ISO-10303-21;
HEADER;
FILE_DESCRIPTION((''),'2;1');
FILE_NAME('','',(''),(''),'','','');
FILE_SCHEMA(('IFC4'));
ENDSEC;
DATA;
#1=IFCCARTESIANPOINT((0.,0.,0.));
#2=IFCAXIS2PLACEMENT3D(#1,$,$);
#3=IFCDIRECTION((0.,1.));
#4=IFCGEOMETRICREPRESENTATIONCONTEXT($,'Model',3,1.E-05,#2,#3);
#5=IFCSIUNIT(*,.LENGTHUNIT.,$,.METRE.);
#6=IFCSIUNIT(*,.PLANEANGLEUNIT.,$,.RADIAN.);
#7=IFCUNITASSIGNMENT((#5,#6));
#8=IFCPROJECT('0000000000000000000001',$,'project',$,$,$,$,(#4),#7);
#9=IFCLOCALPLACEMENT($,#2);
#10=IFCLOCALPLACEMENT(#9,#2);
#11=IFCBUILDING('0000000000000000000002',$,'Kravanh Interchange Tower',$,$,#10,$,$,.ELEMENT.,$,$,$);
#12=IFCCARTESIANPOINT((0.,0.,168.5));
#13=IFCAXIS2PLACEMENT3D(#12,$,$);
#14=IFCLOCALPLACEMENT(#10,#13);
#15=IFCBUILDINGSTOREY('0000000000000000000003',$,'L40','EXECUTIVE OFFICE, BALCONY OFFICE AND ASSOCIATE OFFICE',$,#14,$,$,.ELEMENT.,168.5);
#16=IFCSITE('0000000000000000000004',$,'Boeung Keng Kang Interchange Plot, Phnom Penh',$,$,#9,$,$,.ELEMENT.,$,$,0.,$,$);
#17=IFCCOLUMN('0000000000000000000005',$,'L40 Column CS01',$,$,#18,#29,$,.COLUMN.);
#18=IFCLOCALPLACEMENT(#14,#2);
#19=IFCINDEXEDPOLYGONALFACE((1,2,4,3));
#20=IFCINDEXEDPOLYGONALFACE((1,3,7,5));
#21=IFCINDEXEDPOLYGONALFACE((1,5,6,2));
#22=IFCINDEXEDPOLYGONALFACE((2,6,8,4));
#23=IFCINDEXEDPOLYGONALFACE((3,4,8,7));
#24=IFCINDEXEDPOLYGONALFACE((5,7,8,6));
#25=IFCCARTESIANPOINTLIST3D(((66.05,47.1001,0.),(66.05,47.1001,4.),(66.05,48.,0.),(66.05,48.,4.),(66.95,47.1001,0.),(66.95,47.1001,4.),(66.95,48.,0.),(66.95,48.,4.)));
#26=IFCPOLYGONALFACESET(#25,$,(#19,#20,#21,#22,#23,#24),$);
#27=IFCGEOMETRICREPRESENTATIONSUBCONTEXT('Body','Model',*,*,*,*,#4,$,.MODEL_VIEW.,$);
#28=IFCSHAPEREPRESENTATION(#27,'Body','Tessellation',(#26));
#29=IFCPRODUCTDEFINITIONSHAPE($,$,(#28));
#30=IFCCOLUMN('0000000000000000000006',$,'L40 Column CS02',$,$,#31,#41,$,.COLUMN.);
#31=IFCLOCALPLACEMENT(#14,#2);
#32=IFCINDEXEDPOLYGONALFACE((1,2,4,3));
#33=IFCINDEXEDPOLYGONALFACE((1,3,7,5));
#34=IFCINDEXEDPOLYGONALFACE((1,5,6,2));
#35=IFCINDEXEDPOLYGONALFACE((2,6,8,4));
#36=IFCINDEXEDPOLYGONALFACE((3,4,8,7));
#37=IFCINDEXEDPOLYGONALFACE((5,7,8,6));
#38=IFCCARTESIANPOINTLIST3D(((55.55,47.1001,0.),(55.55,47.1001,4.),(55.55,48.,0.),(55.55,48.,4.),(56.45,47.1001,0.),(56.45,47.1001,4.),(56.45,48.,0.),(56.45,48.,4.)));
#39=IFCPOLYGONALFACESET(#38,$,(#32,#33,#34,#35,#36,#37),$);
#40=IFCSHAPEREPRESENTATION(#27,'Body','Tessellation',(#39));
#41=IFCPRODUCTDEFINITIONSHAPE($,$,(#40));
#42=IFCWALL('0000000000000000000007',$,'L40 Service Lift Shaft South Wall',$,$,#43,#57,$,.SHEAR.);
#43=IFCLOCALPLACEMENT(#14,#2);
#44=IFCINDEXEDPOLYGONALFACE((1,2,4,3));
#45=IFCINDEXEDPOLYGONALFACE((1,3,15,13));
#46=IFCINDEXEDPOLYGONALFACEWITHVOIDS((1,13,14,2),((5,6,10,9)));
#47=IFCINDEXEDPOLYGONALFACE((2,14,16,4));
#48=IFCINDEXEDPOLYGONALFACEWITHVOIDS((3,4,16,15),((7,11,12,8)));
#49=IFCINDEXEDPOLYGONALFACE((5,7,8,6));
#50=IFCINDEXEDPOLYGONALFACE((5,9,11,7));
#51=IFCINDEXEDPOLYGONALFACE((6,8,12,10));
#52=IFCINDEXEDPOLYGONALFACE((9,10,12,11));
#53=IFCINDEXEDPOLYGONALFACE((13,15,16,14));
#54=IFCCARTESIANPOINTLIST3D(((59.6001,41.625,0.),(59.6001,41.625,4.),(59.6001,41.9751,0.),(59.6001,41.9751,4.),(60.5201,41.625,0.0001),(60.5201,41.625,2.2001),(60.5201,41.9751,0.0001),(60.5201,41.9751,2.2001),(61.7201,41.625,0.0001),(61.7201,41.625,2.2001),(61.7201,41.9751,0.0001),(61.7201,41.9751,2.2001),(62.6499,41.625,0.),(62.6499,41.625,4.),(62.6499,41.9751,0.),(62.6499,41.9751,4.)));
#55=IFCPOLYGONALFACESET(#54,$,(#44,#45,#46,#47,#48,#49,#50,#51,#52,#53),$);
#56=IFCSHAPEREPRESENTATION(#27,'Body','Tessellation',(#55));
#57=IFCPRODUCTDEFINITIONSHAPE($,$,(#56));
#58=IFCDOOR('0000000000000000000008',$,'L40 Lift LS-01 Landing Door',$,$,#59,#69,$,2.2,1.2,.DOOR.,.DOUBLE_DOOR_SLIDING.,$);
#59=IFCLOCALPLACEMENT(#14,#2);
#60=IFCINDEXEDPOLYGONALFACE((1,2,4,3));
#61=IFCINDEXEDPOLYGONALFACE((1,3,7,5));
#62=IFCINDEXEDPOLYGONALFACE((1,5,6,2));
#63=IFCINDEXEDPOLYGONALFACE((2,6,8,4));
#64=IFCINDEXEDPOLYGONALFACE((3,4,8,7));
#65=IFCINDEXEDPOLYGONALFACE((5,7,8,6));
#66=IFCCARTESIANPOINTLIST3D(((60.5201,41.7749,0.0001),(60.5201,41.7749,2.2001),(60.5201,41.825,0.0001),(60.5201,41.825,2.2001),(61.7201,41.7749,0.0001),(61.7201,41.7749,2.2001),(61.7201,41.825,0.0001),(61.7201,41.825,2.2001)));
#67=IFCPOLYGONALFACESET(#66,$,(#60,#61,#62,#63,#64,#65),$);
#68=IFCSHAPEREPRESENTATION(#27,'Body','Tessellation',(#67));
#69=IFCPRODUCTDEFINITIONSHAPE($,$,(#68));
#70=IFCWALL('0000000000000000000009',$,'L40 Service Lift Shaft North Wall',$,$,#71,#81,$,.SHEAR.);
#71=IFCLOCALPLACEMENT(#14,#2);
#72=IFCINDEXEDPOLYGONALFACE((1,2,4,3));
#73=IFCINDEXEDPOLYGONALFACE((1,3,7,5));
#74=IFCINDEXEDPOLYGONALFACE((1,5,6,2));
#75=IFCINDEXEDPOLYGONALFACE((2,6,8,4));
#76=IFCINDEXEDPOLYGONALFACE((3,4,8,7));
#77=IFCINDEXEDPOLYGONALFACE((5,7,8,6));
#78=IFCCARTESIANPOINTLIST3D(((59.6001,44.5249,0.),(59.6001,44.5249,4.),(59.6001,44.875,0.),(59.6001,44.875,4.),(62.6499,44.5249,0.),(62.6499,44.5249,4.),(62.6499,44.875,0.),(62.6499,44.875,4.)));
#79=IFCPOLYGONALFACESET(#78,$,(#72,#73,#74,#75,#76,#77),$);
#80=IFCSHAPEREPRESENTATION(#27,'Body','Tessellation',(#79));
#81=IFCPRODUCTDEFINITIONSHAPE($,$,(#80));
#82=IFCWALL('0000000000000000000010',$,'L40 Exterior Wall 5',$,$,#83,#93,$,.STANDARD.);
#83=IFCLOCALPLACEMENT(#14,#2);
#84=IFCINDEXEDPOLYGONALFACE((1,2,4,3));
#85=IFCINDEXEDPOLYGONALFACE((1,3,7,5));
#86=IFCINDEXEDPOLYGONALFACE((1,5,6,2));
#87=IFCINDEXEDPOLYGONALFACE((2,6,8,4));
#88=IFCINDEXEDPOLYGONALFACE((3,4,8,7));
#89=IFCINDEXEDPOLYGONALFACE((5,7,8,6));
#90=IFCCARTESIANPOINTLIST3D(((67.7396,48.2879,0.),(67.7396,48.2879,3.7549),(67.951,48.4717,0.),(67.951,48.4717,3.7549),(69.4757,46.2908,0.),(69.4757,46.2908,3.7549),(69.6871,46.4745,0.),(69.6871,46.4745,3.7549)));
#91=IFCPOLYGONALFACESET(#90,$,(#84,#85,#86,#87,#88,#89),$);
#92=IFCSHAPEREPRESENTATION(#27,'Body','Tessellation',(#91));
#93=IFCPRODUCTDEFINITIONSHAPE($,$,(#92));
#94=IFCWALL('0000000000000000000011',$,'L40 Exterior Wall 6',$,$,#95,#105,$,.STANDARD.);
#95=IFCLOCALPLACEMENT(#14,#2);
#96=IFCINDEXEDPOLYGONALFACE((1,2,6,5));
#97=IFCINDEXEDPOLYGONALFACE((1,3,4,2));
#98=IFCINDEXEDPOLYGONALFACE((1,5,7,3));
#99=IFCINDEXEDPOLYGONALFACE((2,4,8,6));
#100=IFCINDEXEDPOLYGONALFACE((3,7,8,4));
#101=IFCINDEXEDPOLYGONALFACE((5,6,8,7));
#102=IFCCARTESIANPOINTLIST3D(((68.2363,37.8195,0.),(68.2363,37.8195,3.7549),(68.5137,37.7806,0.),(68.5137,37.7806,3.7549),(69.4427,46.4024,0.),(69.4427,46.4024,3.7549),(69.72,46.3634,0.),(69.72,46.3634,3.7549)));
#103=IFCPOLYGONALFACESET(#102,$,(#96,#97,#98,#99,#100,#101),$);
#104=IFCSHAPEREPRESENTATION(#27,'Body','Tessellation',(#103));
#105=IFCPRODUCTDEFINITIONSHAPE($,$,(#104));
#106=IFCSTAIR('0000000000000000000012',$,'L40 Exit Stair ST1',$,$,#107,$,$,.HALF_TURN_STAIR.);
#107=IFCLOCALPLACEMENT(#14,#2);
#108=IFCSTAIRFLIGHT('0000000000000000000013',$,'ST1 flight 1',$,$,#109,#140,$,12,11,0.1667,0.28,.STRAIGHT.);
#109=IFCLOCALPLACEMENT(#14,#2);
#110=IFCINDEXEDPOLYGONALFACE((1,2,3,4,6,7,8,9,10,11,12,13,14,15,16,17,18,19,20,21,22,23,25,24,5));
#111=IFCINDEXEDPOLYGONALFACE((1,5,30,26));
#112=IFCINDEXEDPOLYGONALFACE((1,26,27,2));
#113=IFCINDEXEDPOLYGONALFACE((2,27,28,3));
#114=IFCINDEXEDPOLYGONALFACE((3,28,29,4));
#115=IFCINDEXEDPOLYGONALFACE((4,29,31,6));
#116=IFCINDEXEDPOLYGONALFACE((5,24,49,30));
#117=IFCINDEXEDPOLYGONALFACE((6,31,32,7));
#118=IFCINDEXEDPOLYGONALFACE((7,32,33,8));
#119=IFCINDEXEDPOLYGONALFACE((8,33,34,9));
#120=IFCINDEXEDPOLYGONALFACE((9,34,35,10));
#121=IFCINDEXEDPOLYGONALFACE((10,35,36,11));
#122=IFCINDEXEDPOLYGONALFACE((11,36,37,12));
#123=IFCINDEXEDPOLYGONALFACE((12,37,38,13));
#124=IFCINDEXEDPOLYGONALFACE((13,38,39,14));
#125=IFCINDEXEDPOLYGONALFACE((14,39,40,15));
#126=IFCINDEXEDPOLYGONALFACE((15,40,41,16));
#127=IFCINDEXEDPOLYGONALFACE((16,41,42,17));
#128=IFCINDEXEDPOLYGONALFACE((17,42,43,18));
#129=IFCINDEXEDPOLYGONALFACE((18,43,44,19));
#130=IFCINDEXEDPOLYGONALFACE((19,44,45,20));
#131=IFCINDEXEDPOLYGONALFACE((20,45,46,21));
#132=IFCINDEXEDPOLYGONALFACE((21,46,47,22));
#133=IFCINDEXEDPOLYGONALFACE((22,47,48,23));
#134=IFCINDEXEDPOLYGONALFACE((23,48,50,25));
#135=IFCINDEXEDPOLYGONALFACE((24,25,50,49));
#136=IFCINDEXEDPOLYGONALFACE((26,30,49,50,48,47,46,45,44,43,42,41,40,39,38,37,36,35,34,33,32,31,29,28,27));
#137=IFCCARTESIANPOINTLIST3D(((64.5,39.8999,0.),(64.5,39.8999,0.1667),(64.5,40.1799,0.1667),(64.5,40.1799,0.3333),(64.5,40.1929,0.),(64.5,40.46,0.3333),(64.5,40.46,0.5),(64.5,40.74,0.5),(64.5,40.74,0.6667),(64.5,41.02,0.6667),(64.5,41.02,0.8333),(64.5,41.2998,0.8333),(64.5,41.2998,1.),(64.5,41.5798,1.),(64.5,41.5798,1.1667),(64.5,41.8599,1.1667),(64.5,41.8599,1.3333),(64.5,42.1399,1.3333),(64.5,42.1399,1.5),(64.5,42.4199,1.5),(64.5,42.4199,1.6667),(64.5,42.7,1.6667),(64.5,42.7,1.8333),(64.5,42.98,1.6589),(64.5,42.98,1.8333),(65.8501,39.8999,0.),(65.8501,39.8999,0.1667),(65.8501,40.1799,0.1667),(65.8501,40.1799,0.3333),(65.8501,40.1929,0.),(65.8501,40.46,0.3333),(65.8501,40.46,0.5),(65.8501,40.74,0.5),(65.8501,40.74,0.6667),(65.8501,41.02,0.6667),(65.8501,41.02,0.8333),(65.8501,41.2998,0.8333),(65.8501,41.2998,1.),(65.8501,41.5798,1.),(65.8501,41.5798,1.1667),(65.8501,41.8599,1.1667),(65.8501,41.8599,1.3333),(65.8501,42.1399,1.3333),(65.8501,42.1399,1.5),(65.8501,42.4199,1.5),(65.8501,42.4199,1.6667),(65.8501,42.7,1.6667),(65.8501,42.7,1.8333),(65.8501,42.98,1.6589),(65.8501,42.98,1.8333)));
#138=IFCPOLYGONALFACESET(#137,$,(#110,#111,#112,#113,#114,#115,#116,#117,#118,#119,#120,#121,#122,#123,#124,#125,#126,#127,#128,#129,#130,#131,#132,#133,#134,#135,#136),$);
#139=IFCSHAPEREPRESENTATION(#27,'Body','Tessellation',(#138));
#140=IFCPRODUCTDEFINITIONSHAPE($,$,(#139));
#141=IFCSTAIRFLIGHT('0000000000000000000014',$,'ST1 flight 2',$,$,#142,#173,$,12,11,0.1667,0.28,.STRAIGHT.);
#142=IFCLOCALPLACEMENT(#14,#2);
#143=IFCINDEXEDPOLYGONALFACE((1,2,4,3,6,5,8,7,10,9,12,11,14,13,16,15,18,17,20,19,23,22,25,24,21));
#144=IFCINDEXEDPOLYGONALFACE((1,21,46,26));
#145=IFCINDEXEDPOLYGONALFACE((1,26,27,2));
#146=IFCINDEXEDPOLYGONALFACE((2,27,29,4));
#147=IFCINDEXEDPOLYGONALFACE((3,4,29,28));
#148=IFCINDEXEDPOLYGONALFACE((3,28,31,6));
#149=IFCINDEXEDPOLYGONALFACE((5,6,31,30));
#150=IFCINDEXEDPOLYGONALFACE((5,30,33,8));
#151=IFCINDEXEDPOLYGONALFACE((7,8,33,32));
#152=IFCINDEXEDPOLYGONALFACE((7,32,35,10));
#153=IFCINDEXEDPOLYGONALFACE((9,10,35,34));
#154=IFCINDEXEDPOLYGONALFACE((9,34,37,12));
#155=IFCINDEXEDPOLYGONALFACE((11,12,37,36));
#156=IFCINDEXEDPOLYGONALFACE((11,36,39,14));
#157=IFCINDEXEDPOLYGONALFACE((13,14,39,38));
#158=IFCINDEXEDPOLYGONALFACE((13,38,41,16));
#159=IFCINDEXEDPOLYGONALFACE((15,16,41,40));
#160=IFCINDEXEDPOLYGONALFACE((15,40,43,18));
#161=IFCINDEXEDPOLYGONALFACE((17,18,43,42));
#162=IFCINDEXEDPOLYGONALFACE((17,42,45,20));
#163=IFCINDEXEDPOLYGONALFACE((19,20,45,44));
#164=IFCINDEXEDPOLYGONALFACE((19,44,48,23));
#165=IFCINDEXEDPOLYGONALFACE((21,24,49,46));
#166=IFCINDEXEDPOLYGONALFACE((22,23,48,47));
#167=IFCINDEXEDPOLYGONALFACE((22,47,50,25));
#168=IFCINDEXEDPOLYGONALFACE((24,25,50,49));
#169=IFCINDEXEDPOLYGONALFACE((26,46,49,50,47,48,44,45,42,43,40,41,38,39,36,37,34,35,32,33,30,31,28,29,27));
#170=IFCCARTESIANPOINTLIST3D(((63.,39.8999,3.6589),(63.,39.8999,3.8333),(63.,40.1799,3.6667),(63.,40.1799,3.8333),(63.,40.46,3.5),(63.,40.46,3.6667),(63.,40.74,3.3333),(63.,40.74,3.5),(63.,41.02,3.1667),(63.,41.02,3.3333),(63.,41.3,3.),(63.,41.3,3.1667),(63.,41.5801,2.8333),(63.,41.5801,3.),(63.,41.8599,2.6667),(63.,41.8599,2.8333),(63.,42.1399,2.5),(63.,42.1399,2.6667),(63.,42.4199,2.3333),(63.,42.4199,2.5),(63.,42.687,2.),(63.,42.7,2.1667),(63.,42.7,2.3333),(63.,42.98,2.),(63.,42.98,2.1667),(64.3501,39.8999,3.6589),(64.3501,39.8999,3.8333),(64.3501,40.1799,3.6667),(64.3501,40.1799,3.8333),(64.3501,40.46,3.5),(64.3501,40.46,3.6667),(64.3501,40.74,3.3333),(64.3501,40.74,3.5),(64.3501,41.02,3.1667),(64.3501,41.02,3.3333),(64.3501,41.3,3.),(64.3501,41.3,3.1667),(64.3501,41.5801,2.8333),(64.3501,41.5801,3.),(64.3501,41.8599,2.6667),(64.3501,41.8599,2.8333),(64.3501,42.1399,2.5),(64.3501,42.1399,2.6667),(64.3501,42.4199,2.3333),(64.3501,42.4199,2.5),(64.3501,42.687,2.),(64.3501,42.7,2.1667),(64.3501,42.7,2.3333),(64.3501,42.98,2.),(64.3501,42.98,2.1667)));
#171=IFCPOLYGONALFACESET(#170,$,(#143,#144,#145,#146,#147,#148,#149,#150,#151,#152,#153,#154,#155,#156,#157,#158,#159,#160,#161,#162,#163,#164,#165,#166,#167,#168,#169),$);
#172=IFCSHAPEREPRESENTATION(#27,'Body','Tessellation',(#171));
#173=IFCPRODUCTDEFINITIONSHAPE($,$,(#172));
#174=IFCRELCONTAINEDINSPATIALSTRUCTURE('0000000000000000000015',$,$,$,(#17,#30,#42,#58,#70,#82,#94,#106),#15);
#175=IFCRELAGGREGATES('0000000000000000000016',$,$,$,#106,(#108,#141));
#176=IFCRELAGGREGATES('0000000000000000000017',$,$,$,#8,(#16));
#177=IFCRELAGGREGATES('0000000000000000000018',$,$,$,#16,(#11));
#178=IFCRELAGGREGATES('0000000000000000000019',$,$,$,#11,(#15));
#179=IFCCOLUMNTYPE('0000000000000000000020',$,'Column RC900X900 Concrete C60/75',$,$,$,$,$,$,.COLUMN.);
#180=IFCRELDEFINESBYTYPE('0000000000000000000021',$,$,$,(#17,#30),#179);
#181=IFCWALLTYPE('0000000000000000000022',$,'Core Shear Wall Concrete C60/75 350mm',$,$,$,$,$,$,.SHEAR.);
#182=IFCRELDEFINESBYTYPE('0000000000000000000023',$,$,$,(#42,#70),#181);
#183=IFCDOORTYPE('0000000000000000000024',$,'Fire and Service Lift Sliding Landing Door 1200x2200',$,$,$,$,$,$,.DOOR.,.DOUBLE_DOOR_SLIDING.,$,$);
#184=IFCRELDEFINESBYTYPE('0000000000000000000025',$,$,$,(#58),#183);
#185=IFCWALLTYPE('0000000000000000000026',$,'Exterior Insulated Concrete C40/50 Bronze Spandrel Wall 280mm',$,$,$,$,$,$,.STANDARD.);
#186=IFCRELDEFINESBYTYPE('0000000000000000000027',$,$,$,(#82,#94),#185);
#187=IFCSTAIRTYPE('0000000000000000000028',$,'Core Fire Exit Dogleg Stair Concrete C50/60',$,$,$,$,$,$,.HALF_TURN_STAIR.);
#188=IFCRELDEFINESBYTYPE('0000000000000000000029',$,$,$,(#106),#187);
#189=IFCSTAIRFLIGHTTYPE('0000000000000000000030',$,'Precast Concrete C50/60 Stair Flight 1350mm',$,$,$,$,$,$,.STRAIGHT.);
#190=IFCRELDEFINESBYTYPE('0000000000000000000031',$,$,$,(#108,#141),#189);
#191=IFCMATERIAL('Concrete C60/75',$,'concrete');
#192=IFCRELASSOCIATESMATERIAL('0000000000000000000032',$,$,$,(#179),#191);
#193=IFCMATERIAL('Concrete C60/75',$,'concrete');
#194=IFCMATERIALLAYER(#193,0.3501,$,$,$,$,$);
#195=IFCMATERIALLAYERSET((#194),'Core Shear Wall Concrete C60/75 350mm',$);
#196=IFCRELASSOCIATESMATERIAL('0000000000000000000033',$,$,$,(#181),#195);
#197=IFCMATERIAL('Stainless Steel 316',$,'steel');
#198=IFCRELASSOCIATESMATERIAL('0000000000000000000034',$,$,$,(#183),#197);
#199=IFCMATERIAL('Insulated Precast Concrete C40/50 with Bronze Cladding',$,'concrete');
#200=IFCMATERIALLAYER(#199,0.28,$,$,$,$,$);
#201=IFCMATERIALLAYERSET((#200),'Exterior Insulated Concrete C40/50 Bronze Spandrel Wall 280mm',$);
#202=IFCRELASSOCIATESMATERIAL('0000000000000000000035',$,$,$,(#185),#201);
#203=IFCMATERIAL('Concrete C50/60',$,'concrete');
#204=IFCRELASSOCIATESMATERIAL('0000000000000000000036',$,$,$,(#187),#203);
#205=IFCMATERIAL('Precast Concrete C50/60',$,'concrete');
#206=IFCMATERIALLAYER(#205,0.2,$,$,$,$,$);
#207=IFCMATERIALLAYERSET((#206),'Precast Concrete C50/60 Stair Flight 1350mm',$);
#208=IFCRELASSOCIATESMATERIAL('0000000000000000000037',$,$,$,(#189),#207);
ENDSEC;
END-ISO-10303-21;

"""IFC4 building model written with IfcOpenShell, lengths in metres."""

from ifc_helpers import new_model, si_unit, direction, frame, frame_2d, origin, origin_2d, place, context, subcontext, project, spatial, polyline, rectangle, outline, extrude, material, layer, layer_set, material_profile, profile_set, type_object, element, fill, aggregate, save


model = new_model("IFC4")

# Units and contexts
model_context = context("Model", 3, precision=1e-05, world=origin(), true_north=direction((0.0, 1.0)))
body_context = subcontext(model_context, "Body", "Model", "MODEL_VIEW")
ifc_project = project(units=[si_unit("LENGTHUNIT", "METRE"), si_unit("PLANEANGLEUNIT", "RADIAN")], contexts=[model_context])

# Site, building, storey
site_placement = place(None, origin())
site = spatial("IfcSite", under=ifc_project, at=site_placement, Name="Boeung Keng Kang Interchange Plot, Phnom Penh", CompositionType="ELEMENT", RefElevation=0.0)
building_placement = place(site_placement, origin())
building = spatial("IfcBuilding", under=site, at=building_placement, Name="Kravanh Interchange Tower", CompositionType="ELEMENT")
storey_placement = place(building_placement, frame((0.0, 0.0, 168.5)))
storey = spatial("IfcBuildingStorey", under=building, at=storey_placement, Name="L40", Description="EXECUTIVE OFFICE, BALCONY OFFICE AND ASSOCIATE OFFICE", CompositionType="ELEMENT", Elevation=168.5)

# Columns
ifc_material_1 = material(Name="Concrete C60/75", Category="concrete")
ifc_material_profile = material_profile(ifc_material_1, rectangle(XDim=0.8999, YDim=0.8999, at=origin_2d()), Name="RC900X900")
ifc_profile_set = profile_set([ifc_material_profile], Name="Concrete C60/75")
column_type = type_object("IfcColumnType", Name="Column RC900X900 Concrete C60/75", PredefinedType="COLUMN", material=ifc_profile_set)
for number, where, z_axis, x_axis, name in (
    (1, (66.5, 47.55, 0.0), (0.0, 0.0, 1.0), (1.0, 0.0, 0.0), "L40 Column CS01"),
    (2, (56.0, 47.55, 0.0), (0.0, 0.0, 1.0), (1.0, 0.0, 0.0), "L40 Column CS02"),
):
    element("IfcColumn", number, at=place(storey_placement, frame(where, z_axis=z_axis, x_axis=x_axis)), inside=storey, type_object=column_type, Name=name, PredefinedType="COLUMN", context=body_context, shape_type="SweptSolid", body=[
        extrude(rectangle(XDim=0.8999, YDim=0.8999, at=origin_2d()), origin(), (0.0, 0.0, 1.0), 4.0),
    ])

# Wall, opening, door
ifc_material_2 = material(Name="Concrete C60/75", Category="concrete")
ifc_layer_1 = layer(ifc_material_2, 0.3501)
ifc_layer_set_1 = layer_set([ifc_layer_1], Name="Core Shear Wall Concrete C60/75 350mm")
wall_type_1 = type_object("IfcWallType", Name="Core Shear Wall Concrete C60/75 350mm", PredefinedType="SHEAR", material=ifc_layer_set_1)
wall_1_placement = place(storey_placement, frame((59.6001, 41.8, 0.0), z_axis=(0.0, 0.0, 1.0), x_axis=(1.0, 0.0, 0.0)))
wall_1 = element("IfcWall", 3, at=wall_1_placement, inside=storey, type_object=wall_type_1, Name="L40 Service Lift Shaft South Wall", PredefinedType="SHEAR", context=body_context, shape_type="SweptSolid", body=[
    extrude(rectangle(XDim=3.0498, YDim=0.3501, at=frame_2d((1.5249, 0.0))), origin(), (0.0, 0.0, 1.0), 4.0),
])
opening_placement = place(wall_1_placement, frame((0.9199, 0.0, 0.0)))
opening = element("IfcOpeningElement", 4, at=opening_placement, cuts=wall_1, PredefinedType="OPENING", context=body_context, shape_type="SweptSolid", body=[
    extrude(rectangle(XDim=1.2, YDim=2.2, at=frame_2d((0.6001, 1.1001))), frame((0.0, 0.1851, 0.0), z_axis=(0.0, -1.0, 0.0), x_axis=(1.0, 0.0, 0.0)), (0.0, 0.0, 1.0), 0.3701),
])
ifc_material_3 = material(Name="Stainless Steel 316", Category="steel")
door_type = type_object("IfcDoorType", Name="Fire and Service Lift Sliding Landing Door 1200x2200", OperationType="DOUBLE_DOOR_SLIDING", PredefinedType="DOOR", material=ifc_material_3)
door_placement = place(opening_placement, origin())
door = element("IfcDoor", 5, at=door_placement, inside=storey, type_object=door_type, Name="L40 Lift LS-01 Landing Door", OperationType="DOUBLE_DOOR_SLIDING", OverallHeight=2.2, OverallWidth=1.2, PredefinedType="DOOR", context=body_context, shape_type="SweptSolid", body=[
    extrude(rectangle(XDim=1.2, YDim=2.2, at=frame_2d((0.6001, 1.1001))), frame((0.0, 0.0249, 0.0), z_axis=(0.0, -1.0, 0.0), x_axis=(1.0, 0.0, 0.0)), (0.0, 0.0, 1.0), 0.05),
])
fill(opening, door)

# Walls
wall_2_placement = place(storey_placement, frame((59.6001, 44.7, 0.0), z_axis=(0.0, 0.0, 1.0), x_axis=(1.0, 0.0, 0.0)))
element("IfcWall", 6, at=wall_2_placement, inside=storey, type_object=wall_type_1, Name="L40 Service Lift Shaft North Wall", PredefinedType="SHEAR", context=body_context, shape_type="SweptSolid", body=[
    extrude(rectangle(XDim=3.0498, YDim=0.3501, at=frame_2d((1.5249, 0.0))), origin(), (0.0, 0.0, 1.0), 4.0),
])
ifc_material_4 = material(Name="Insulated Precast Concrete C40/50 with Bronze Cladding", Category="concrete")
ifc_layer_2 = layer(ifc_material_4, 0.28)
ifc_layer_set_2 = layer_set([ifc_layer_2], Name="Exterior Insulated Concrete C40/50 Bronze Spandrel Wall 280mm")
wall_type_2 = type_object("IfcWallType", Name="Exterior Insulated Concrete C40/50 Bronze Spandrel Wall 280mm", PredefinedType="STANDARD", material=ifc_layer_set_2)
wall_3_placement = place(storey_placement, frame((67.8452, 48.3799, 0.0), z_axis=(0.0, 0.0, 1.0), x_axis=(0.656071, -0.754699, 0.0)))
element("IfcWall", 7, at=wall_3_placement, inside=storey, type_object=wall_type_2, Name="L40 Exterior Wall 5", PredefinedType="STANDARD", context=body_context, shape_type="SweptSolid", body=[
    extrude(rectangle(XDim=2.6462, YDim=0.28, at=frame_2d((1.3232, 0.0))), origin(), (0.0, 0.0, 1.0), 3.7549),
])
wall_4_placement = place(storey_placement, frame((69.5813, 46.3828, 0.0), z_axis=(0.0, 0.0, 1.0), x_axis=(-0.139181, -0.990267, 0.0)))
element("IfcWall", 8, at=wall_4_placement, inside=storey, type_object=wall_type_2, Name="L40 Exterior Wall 6", PredefinedType="STANDARD", context=body_context, shape_type="SweptSolid", body=[
    extrude(rectangle(XDim=8.6672, YDim=0.28, at=frame_2d((4.3335, 0.0))), origin(), (0.0, 0.0, 1.0), 3.7549),
])

# Stair, stair flights
ifc_material_5 = material(Name="Concrete C50/60", Category="concrete")
stair_type = type_object("IfcStairType", Name="Core Fire Exit Dogleg Stair Concrete C50/60", PredefinedType="HALF_TURN_STAIR", material=ifc_material_5)
stair_1_placement = place(storey_placement, origin())
stair_1 = element("IfcStair", 9, at=stair_1_placement, inside=storey, type_object=stair_type, Name="L40 Exit Stair ST1", PredefinedType="HALF_TURN_STAIR")
ifc_material_6 = material(Name="Precast Concrete C50/60", Category="concrete")
ifc_layer_3 = layer(ifc_material_6, 0.2)
ifc_layer_set_3 = layer_set([ifc_layer_3], Name="Precast Concrete C50/60 Stair Flight 1350mm")
stair_flight_type = type_object("IfcStairFlightType", Name="Precast Concrete C50/60 Stair Flight 1350mm", PredefinedType="STRAIGHT", material=ifc_layer_set_3)
stair_flight_1_placement = place(storey_placement, frame((65.175, 39.8999, 0.0), z_axis=(0.0, 0.0, 1.0), x_axis=(0.0, 1.0, 0.0)))
stair_flight_1 = element("IfcStairFlight", 10, at=stair_flight_1_placement, type_object=stair_flight_type, Name="ST1 flight 1", NumberOfRisers=12, NumberOfTreads=11, PredefinedType="STRAIGHT", RiserHeight=0.1667, TreadLength=0.28, context=body_context, shape_type="SweptSolid", body=[
    extrude(outline(polyline([(0.0, 0.0), (0.0, 0.1667), (0.28, 0.1667), (0.28, 0.3333), (0.5601, 0.3333), (0.5601, 0.5), (0.8401, 0.5), (0.8401, 0.6667), (1.1201, 0.6667), (1.1201, 0.8333), (1.3999, 0.8333), (1.3999, 1.0), (1.6799, 1.0), (1.6799, 1.1667), (1.96, 1.1667), (1.96, 1.3333), (2.24, 1.3333), (2.24, 1.5), (2.52, 1.5), (2.52, 1.6667), (2.8, 1.6667), (2.8, 1.8333), (3.0801, 1.8333), (3.0801, 2.0), (3.0801, 1.6589), (0.293, 0.0), (0.0, 0.0)])), frame((0.0, 0.675, 0.0), z_axis=(0.0, -1.0, 0.0), x_axis=(1.0, 0.0, 0.0)), (0.0, 0.0, 1.0), 1.3501),
])
stair_flight_2_placement = place(storey_placement, frame((63.675, 42.98, 2.0), z_axis=(0.0, 0.0, 1.0), x_axis=(0.0, -1.0, 0.0)))
stair_flight_2 = element("IfcStairFlight", 11, at=stair_flight_2_placement, type_object=stair_flight_type, Name="ST1 flight 2", NumberOfRisers=12, NumberOfTreads=11, PredefinedType="STRAIGHT", RiserHeight=0.1667, TreadLength=0.28, context=body_context, shape_type="SweptSolid", body=[
    extrude(outline(polyline([(0.0, 0.0), (0.0, 0.1667), (0.28, 0.1667), (0.28, 0.3333), (0.5601, 0.3333), (0.5601, 0.5), (0.8401, 0.5), (0.8401, 0.6667), (1.1201, 0.6667), (1.1201, 0.8333), (1.3999, 0.8333), (1.3999, 1.0), (1.6799, 1.0), (1.6799, 1.1667), (1.96, 1.1667), (1.96, 1.3333), (2.24, 1.3333), (2.24, 1.5), (2.52, 1.5), (2.52, 1.6667), (2.8, 1.6667), (2.8, 1.8333), (3.0801, 1.8333), (3.0801, 2.0), (3.0801, 1.6589), (0.293, 0.0), (0.0, 0.0)])), frame((0.0, 0.675, 0.0), z_axis=(0.0, -1.0, 0.0), x_axis=(1.0, 0.0, 0.0)), (0.0, 0.0, 1.0), 1.3501),
])
aggregate(stair_1, [stair_flight_1, stair_flight_2])

save(model, "model.ifc")
